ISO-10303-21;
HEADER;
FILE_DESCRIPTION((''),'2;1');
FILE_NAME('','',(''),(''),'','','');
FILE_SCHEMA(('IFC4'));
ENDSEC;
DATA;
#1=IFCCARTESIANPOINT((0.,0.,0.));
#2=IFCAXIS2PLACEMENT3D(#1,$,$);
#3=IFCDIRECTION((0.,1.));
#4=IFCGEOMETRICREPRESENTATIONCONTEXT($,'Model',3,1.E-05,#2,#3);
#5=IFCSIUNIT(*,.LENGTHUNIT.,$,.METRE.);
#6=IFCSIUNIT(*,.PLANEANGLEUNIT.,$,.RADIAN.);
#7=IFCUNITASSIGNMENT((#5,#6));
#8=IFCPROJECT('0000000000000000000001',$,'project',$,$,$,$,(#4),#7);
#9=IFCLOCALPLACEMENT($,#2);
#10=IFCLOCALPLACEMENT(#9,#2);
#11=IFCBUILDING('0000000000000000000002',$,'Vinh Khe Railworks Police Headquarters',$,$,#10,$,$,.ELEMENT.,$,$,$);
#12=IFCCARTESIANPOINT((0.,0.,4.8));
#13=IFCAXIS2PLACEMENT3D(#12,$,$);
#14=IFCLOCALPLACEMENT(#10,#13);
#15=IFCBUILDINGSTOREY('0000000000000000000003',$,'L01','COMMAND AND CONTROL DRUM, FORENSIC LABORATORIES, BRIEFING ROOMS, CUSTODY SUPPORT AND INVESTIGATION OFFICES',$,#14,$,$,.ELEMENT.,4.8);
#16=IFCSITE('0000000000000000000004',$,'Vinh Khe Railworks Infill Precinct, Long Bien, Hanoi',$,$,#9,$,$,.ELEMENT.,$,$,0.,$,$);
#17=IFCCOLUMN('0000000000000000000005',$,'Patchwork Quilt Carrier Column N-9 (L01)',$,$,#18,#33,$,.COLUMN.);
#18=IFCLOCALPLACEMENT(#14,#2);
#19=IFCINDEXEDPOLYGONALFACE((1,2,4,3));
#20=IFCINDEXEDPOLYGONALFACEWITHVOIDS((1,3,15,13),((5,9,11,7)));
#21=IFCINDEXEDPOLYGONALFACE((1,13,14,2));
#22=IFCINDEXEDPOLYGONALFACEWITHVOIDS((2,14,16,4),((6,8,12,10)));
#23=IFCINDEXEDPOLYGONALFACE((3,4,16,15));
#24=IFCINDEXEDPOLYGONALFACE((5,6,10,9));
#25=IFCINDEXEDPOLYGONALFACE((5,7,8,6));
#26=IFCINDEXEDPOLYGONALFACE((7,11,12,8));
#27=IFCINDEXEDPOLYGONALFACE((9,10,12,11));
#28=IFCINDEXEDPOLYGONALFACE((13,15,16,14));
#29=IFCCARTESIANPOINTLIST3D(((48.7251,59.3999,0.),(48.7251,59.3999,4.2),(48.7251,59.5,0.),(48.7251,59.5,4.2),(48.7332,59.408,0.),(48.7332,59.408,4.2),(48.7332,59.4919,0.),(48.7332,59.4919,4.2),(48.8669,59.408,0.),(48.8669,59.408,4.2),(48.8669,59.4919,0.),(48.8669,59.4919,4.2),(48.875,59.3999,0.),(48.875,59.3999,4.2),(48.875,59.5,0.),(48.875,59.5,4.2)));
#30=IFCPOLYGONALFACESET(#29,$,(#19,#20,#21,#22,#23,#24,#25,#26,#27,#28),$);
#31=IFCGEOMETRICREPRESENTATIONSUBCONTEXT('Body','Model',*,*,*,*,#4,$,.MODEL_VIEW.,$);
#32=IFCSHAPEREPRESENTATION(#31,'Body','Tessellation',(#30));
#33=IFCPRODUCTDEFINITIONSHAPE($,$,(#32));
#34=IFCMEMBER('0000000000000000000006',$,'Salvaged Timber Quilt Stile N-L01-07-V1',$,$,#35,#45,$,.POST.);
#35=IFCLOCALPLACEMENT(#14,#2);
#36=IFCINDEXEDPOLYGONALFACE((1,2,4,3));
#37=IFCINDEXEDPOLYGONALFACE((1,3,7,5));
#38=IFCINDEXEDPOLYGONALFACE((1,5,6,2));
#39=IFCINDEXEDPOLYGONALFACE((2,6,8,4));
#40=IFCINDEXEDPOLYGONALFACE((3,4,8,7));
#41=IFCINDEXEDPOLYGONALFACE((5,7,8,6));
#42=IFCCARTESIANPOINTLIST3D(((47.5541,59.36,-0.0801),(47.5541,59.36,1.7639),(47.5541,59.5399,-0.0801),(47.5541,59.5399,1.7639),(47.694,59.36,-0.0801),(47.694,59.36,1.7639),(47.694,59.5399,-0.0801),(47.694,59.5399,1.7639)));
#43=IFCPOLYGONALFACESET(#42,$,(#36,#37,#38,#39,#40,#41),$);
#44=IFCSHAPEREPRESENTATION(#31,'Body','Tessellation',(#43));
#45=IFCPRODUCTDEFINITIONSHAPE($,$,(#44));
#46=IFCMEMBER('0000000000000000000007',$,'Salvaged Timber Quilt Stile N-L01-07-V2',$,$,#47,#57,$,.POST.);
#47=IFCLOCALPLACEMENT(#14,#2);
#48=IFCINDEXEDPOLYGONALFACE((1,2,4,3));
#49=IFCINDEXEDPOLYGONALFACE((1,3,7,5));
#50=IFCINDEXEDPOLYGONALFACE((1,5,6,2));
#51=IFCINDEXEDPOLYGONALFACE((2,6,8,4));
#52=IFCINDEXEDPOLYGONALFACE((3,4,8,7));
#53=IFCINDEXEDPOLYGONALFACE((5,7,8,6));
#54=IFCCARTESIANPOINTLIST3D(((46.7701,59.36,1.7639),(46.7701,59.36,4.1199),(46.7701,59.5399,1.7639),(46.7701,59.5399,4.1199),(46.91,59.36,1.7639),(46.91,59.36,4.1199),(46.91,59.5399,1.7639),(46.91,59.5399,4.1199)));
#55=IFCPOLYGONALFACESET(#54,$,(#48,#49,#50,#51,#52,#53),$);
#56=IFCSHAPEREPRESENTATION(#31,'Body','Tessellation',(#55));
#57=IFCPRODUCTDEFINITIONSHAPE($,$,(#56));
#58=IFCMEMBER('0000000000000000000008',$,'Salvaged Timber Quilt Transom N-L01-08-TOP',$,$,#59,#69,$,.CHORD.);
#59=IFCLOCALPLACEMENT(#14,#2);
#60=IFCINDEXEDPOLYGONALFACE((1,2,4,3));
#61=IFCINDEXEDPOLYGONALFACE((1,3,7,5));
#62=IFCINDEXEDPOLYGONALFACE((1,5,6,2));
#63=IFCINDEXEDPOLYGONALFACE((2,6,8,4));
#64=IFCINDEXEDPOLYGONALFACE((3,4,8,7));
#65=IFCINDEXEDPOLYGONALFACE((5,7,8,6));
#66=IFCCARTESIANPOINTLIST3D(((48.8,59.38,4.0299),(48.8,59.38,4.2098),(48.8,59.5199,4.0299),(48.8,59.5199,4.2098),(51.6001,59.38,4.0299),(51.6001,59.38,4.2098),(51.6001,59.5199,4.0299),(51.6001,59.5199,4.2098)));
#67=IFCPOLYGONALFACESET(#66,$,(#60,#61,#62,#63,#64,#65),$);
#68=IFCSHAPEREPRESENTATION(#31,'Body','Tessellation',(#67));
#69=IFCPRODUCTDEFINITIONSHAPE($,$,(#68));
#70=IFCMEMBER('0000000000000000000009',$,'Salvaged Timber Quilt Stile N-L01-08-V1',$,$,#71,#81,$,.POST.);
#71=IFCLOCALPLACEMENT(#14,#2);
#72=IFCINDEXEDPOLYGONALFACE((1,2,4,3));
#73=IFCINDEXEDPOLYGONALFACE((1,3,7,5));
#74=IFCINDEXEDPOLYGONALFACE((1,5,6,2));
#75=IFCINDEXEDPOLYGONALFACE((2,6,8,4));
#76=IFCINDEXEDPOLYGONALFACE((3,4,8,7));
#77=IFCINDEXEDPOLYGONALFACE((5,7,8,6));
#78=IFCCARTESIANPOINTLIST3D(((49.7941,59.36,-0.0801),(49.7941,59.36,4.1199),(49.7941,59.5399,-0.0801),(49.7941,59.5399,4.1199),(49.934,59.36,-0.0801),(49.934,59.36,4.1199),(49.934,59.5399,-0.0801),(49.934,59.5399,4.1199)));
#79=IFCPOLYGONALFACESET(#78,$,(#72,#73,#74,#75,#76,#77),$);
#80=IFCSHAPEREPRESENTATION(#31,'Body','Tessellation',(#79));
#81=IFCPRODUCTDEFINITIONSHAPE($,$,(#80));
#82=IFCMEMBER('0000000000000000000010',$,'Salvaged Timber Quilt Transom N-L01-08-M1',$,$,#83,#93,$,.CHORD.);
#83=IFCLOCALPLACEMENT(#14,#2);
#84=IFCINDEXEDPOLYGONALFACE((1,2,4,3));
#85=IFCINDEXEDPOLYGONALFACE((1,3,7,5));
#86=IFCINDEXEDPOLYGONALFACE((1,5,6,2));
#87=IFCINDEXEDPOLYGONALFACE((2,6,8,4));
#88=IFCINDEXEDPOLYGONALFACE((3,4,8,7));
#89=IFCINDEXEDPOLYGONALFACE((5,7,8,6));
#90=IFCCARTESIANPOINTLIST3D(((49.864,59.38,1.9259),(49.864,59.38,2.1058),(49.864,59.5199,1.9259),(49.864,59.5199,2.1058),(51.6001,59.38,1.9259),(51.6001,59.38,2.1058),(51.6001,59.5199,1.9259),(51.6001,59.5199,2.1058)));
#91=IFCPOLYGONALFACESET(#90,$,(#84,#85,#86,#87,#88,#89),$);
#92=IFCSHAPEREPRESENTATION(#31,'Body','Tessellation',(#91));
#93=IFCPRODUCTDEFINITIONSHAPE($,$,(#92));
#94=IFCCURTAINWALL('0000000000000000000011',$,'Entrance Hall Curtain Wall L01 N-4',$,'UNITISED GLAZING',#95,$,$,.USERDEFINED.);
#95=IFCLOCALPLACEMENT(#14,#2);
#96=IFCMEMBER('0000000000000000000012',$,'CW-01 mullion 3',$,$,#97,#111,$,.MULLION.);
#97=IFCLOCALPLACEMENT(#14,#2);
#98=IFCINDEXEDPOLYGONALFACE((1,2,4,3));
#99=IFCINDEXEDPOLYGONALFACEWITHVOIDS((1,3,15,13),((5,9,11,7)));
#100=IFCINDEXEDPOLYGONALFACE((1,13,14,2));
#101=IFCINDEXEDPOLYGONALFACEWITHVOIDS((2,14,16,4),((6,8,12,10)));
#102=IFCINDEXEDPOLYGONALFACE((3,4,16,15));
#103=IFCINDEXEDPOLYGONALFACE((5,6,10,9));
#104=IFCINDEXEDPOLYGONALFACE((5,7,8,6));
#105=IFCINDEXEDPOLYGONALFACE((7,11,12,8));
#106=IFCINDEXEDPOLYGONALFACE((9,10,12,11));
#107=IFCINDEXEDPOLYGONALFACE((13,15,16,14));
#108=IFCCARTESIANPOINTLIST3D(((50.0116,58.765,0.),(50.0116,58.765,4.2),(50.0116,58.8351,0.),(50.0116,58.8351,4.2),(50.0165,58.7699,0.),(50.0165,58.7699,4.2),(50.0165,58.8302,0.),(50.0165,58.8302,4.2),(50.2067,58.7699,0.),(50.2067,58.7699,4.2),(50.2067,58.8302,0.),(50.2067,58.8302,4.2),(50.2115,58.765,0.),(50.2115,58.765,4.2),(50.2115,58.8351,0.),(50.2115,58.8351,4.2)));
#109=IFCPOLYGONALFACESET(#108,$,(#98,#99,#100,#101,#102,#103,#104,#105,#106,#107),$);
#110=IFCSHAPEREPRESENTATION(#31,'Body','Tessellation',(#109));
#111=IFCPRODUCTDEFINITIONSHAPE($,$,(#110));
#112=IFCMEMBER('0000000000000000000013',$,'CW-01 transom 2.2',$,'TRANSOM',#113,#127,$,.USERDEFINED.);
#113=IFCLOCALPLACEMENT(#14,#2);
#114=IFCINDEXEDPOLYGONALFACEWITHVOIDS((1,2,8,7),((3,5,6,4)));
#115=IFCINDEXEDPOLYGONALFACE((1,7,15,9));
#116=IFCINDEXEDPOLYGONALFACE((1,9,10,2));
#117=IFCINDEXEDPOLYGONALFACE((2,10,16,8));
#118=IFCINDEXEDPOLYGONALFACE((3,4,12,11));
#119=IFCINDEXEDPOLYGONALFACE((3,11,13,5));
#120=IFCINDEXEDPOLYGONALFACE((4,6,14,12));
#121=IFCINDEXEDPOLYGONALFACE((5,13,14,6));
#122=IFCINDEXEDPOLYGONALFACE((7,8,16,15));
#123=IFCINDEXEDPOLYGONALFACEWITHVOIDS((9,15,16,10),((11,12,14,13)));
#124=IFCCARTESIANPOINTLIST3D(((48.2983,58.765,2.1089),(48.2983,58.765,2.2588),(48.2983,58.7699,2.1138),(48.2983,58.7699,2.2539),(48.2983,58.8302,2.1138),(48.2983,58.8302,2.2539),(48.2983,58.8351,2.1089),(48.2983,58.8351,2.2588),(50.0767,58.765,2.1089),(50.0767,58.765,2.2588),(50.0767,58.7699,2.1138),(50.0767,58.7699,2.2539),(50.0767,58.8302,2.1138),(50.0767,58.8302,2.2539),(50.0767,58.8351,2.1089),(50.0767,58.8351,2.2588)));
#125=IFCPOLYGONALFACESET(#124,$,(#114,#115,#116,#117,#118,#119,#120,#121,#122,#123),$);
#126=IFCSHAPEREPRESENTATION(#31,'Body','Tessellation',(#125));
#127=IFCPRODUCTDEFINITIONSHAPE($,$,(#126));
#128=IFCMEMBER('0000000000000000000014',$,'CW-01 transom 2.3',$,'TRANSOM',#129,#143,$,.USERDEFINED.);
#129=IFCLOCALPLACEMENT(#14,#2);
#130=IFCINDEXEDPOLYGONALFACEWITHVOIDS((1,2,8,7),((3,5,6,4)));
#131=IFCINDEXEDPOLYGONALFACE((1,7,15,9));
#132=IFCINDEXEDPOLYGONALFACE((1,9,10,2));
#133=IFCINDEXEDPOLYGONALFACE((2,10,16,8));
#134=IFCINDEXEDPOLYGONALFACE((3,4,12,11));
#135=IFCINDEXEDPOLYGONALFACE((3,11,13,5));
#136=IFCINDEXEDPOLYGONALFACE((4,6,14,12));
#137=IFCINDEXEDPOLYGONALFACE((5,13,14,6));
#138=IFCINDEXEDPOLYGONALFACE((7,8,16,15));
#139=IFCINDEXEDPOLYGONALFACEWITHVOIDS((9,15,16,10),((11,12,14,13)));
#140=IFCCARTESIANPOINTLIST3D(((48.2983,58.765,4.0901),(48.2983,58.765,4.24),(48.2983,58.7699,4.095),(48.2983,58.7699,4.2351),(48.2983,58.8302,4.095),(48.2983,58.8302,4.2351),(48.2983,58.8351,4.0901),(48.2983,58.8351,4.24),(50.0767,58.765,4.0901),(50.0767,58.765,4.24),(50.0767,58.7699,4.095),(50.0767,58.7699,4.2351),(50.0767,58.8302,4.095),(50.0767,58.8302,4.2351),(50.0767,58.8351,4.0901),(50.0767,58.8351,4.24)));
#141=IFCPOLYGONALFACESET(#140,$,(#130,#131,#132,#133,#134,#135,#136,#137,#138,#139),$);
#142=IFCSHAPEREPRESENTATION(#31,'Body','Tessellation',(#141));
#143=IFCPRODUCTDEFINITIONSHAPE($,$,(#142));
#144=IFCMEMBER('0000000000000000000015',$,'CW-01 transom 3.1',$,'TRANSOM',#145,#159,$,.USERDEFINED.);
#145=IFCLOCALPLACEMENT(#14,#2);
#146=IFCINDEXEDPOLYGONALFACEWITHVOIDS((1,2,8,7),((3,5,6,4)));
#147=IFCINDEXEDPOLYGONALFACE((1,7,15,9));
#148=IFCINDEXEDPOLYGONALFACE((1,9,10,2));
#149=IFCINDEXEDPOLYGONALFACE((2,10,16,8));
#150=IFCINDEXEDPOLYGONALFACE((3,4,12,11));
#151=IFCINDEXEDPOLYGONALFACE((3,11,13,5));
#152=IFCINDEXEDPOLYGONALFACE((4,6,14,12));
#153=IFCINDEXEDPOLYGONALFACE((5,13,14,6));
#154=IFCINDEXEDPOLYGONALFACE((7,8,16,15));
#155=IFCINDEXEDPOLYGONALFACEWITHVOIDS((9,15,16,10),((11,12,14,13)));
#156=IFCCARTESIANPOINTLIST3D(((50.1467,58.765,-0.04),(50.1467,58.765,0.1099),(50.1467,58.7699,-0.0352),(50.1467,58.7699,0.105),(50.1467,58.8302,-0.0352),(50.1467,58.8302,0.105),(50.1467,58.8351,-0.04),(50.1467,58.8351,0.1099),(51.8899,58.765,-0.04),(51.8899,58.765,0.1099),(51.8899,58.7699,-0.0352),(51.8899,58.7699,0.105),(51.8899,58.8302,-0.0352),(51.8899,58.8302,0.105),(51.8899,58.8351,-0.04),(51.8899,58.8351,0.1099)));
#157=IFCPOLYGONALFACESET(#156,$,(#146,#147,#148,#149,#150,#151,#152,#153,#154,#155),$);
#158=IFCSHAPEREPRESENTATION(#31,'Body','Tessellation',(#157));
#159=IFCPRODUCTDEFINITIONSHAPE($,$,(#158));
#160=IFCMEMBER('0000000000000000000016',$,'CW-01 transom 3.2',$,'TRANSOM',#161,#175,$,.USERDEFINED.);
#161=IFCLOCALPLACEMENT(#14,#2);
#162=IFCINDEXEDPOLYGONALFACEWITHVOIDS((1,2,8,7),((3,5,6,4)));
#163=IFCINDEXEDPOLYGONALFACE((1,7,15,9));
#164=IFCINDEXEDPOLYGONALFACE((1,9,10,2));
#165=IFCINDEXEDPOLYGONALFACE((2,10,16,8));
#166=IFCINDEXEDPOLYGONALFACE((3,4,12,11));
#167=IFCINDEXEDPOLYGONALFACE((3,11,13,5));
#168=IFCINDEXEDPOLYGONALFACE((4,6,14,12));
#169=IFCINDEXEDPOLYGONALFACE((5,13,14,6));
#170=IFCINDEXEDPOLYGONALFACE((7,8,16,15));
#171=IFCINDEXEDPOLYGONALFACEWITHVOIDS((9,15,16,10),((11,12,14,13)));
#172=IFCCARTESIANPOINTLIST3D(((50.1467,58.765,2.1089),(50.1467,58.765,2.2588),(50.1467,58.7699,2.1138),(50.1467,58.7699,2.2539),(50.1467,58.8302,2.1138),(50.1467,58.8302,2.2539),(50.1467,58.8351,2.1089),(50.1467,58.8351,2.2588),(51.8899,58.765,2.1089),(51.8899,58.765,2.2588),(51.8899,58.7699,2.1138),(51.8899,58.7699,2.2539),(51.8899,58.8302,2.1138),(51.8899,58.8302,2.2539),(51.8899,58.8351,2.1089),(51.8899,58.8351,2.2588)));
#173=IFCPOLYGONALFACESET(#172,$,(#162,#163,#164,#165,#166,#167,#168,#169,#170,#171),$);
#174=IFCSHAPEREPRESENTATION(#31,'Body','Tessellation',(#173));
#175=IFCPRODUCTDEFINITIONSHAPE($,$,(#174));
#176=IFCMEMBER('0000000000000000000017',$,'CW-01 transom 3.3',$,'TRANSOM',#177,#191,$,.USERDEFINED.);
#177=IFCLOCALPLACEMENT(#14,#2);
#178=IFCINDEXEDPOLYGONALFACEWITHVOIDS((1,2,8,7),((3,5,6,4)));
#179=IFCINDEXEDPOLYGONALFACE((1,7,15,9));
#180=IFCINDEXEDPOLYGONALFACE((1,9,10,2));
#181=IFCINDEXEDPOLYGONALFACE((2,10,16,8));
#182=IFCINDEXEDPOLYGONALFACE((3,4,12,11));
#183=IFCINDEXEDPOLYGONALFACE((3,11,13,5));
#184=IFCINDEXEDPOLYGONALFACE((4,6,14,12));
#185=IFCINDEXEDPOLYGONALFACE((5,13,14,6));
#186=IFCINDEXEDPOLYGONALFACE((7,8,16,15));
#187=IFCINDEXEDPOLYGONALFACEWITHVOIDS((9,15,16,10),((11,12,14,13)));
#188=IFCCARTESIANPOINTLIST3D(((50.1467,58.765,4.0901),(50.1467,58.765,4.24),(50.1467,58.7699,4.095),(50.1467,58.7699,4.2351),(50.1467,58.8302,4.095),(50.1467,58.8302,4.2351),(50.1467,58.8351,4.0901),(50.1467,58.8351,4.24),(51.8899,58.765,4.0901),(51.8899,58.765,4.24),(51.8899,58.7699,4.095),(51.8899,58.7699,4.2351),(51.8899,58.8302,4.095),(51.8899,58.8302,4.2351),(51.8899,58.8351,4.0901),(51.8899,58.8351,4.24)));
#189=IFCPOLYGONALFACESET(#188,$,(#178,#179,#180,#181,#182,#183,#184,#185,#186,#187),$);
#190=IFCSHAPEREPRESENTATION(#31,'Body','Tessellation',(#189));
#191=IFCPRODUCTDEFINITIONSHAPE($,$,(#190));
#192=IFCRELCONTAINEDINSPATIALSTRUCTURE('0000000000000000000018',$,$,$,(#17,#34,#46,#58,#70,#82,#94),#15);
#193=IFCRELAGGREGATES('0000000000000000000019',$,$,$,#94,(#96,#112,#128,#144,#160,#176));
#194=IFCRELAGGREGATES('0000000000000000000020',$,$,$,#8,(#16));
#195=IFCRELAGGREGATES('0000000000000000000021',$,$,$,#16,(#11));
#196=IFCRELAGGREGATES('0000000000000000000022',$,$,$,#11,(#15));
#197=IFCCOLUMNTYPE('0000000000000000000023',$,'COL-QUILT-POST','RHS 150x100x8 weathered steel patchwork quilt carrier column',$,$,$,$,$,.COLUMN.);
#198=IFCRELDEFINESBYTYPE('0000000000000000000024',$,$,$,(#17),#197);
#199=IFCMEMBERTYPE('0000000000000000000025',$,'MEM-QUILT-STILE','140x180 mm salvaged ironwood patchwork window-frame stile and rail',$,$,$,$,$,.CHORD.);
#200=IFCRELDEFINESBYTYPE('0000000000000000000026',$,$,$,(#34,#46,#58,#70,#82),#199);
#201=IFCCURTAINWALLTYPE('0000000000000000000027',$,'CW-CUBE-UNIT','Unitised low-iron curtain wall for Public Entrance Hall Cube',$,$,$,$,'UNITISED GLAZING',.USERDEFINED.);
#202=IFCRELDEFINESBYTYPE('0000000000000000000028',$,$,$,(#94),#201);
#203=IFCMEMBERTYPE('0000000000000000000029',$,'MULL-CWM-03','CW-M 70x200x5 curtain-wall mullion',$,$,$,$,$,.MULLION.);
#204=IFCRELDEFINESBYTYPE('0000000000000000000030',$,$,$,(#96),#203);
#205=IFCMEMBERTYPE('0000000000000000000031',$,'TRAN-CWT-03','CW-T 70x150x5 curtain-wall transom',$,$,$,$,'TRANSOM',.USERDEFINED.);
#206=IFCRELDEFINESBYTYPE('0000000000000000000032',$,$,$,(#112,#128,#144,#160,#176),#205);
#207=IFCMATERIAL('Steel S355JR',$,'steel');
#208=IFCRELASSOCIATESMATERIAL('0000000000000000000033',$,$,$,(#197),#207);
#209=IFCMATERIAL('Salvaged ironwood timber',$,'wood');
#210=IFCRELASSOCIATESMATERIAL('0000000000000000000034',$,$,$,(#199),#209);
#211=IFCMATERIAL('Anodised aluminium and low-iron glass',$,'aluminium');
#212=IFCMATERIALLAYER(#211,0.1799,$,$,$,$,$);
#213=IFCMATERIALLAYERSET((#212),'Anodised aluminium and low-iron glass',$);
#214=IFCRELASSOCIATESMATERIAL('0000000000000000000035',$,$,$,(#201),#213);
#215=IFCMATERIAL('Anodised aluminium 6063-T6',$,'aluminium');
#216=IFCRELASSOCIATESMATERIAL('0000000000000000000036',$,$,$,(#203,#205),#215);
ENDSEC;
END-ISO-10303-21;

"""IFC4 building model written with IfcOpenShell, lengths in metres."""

from ifc_helpers import new_model, si_unit, direction, frame, origin, origin_2d, place, context, subcontext, project, spatial, rectangle, hollow_rectangle, extrude, material, layer, layer_set, material_profile, profile_set, type_object, element, aggregate, save


model = new_model("IFC4")

# Units and contexts
model_context = context("Model", 3, precision=1e-05, world=origin(), true_north=direction((0.0, 1.0)))
body_context = subcontext(model_context, "Body", "Model", "MODEL_VIEW")
ifc_project = project(units=[si_unit("LENGTHUNIT", "METRE"), si_unit("PLANEANGLEUNIT", "RADIAN")], contexts=[model_context])

# Site, building, storey
site_placement = place(None, origin())
site = spatial("IfcSite", under=ifc_project, at=site_placement, Name="Vinh Khe Railworks Infill Precinct, Long Bien, Hanoi", CompositionType="ELEMENT", RefElevation=0.0)
building_placement = place(site_placement, origin())
building = spatial("IfcBuilding", under=site, at=building_placement, Name="Vinh Khe Railworks Police Headquarters", CompositionType="ELEMENT")
storey_placement = place(building_placement, frame((0.0, 0.0, 4.8)))
storey = spatial("IfcBuildingStorey", under=building, at=storey_placement, Name="L01", Description="COMMAND AND CONTROL DRUM, FORENSIC LABORATORIES, BRIEFING ROOMS, CUSTODY SUPPORT AND INVESTIGATION OFFICES", CompositionType="ELEMENT", Elevation=4.8)

# Column
ifc_material_1 = material(Name="Steel S355JR", Category="steel")
ifc_material_profile_1 = material_profile(ifc_material_1, hollow_rectangle(XDim=0.1499, YDim=0.1001, WallThickness=0.0081, at=origin_2d()), Name="RHS 150x100x8")
ifc_profile_set_1 = profile_set([ifc_material_profile_1], Name="Steel S355JR")
column_type = type_object("IfcColumnType", Name="COL-QUILT-POST", Description="RHS 150x100x8 weathered steel patchwork quilt carrier column", PredefinedType="COLUMN", material=ifc_profile_set_1)
column_placement = place(storey_placement, frame((48.8, 59.45, 0.0), z_axis=(0.0, 0.0, 1.0), x_axis=(1.0, 0.0, 0.0)))
element("IfcColumn", 1, at=column_placement, inside=storey, type_object=column_type, Name="Patchwork Quilt Carrier Column N-9 (L01)", PredefinedType="COLUMN", context=body_context, shape_type="SweptSolid", body=[
    extrude(hollow_rectangle(XDim=0.1499, YDim=0.1001, WallThickness=0.0081, at=origin_2d()), origin(), (0.0, 0.0, 1.0), 4.2),
])

# Members
ifc_material_2 = material(Name="Salvaged ironwood timber", Category="wood")
ifc_material_profile_2 = material_profile(ifc_material_2, rectangle(XDim=0.1399, YDim=0.1799, at=origin_2d()), Name="TIMBER 140x180")
ifc_profile_set_2 = profile_set([ifc_material_profile_2], Name="Salvaged ironwood timber")
member_type_1 = type_object("IfcMemberType", Name="MEM-QUILT-STILE", Description="140x180 mm salvaged ironwood patchwork window-frame stile and rail", PredefinedType="CHORD", material=ifc_profile_set_2)
member_1_placement = place(storey_placement, frame((47.624, 59.45, -0.0801), z_axis=(0.0, 0.0, 1.0), x_axis=(1.0, 0.0, 0.0)))
element("IfcMember", 2, at=member_1_placement, inside=storey, type_object=member_type_1, Name="Salvaged Timber Quilt Stile N-L01-07-V1", PredefinedType="POST", context=body_context, shape_type="SweptSolid", body=[
    extrude(rectangle(XDim=0.1399, YDim=0.1799, at=origin_2d()), origin(), (0.0, 0.0, 1.0), 1.844),
])
member_2_placement = place(storey_placement, frame((46.8401, 59.45, 1.7639), z_axis=(0.0, 0.0, 1.0), x_axis=(1.0, 0.0, 0.0)))
element("IfcMember", 3, at=member_2_placement, inside=storey, type_object=member_type_1, Name="Salvaged Timber Quilt Stile N-L01-07-V2", PredefinedType="POST", context=body_context, shape_type="SweptSolid", body=[
    extrude(rectangle(XDim=0.1399, YDim=0.1799, at=origin_2d()), origin(), (0.0, 0.0, 1.0), 2.356),
])
member_3_placement = place(storey_placement, frame((48.8, 59.45, 4.1199), z_axis=(1.0, 0.0, 0.0), x_axis=(0.0, 1.0, 0.0)))
element("IfcMember", 4, at=member_3_placement, inside=storey, type_object=member_type_1, Name="Salvaged Timber Quilt Transom N-L01-08-TOP", PredefinedType="CHORD", context=body_context, shape_type="SweptSolid", body=[
    extrude(rectangle(XDim=0.1399, YDim=0.1799, at=origin_2d()), origin(), (0.0, 0.0, 1.0), 2.8),
])
member_4_placement = place(storey_placement, frame((49.864, 59.45, -0.0801), z_axis=(0.0, 0.0, 1.0), x_axis=(1.0, 0.0, 0.0)))
element("IfcMember", 5, at=member_4_placement, inside=storey, type_object=member_type_1, Name="Salvaged Timber Quilt Stile N-L01-08-V1", PredefinedType="POST", context=body_context, shape_type="SweptSolid", body=[
    extrude(rectangle(XDim=0.1399, YDim=0.1799, at=origin_2d()), origin(), (0.0, 0.0, 1.0), 4.2),
])
member_5_placement = place(storey_placement, frame((49.864, 59.45, 2.0159), z_axis=(1.0, 0.0, 0.0), x_axis=(0.0, 1.0, 0.0)))
element("IfcMember", 6, at=member_5_placement, inside=storey, type_object=member_type_1, Name="Salvaged Timber Quilt Transom N-L01-08-M1", PredefinedType="CHORD", context=body_context, shape_type="SweptSolid", body=[
    extrude(rectangle(XDim=0.1399, YDim=0.1799, at=origin_2d()), origin(), (0.0, 0.0, 1.0), 1.7361),
])

# Curtain wall, members
ifc_material_3 = material(Name="Anodised aluminium and low-iron glass", Category="aluminium")
ifc_layer_1 = layer(ifc_material_3, 0.1799)
ifc_layer_set_1 = layer_set([ifc_layer_1], Name="Anodised aluminium and low-iron glass")
curtain_wall_type = type_object("IfcCurtainWallType", Name="CW-CUBE-UNIT", Description="Unitised low-iron curtain wall for Public Entrance Hall Cube", ElementType="UNITISED GLAZING", PredefinedType="USERDEFINED", material=ifc_layer_set_1)
curtain_wall_placement = place(storey_placement, origin())
curtain_wall = element("IfcCurtainWall", 7, at=curtain_wall_placement, inside=storey, type_object=curtain_wall_type, Name="Entrance Hall Curtain Wall L01 N-4", ObjectType="UNITISED GLAZING", PredefinedType="USERDEFINED")
ifc_material_4 = material(Name="Anodised aluminium 6063-T6", Category="aluminium")
ifc_material_profile_3 = material_profile(ifc_material_4, hollow_rectangle(XDim=0.0701, YDim=0.2, WallThickness=0.0049, at=origin_2d()), Name="CW-M 70x200x5")
ifc_profile_set_3 = profile_set([ifc_material_profile_3], Name="Anodised aluminium 6063-T6")
member_type_2 = type_object("IfcMemberType", Name="MULL-CWM-03", Description="CW-M 70x200x5 curtain-wall mullion", PredefinedType="MULLION", material=ifc_profile_set_3)
member_6_placement = place(storey_placement, frame((50.1116, 58.8, 0.0), z_axis=(0.0, 0.0, 1.0), x_axis=(0.0, 1.0, 0.0)))
member_6 = element("IfcMember", 8, at=member_6_placement, type_object=member_type_2, Name="CW-01 mullion 3", PredefinedType="MULLION", context=body_context, shape_type="SweptSolid", body=[
    extrude(hollow_rectangle(XDim=0.0701, YDim=0.2, WallThickness=0.0049, at=origin_2d()), origin(), (0.0, 0.0, 1.0), 4.2),
])
ifc_material_profile_4 = material_profile(ifc_material_4, hollow_rectangle(XDim=0.0701, YDim=0.1499, WallThickness=0.0049, at=origin_2d()), Name="CW-T 70x150x5")
ifc_profile_set_4 = profile_set([ifc_material_profile_4], Name="Anodised aluminium 6063-T6")
member_type_3 = type_object("IfcMemberType", Name="TRAN-CWT-03", Description="CW-T 70x150x5 curtain-wall transom", ElementType="TRANSOM", PredefinedType="USERDEFINED", material=ifc_profile_set_4)
member_7_placement = place(storey_placement, frame((48.2983, 58.8, 2.1838), z_axis=(1.0, 0.0, 0.0), x_axis=(0.0, 1.0, 0.0)))
member_7 = element("IfcMember", 9, at=member_7_placement, type_object=member_type_3, Name="CW-01 transom 2.2", ObjectType="TRANSOM", PredefinedType="USERDEFINED", context=body_context, shape_type="SweptSolid", body=[
    extrude(hollow_rectangle(XDim=0.0701, YDim=0.1499, WallThickness=0.0049, at=origin_2d()), origin(), (0.0, 0.0, 1.0), 1.7783),
])
member_8_placement = place(storey_placement, frame((48.2983, 58.8, 4.165), z_axis=(1.0, 0.0, 0.0), x_axis=(0.0, 1.0, 0.0)))
member_8 = element("IfcMember", 10, at=member_8_placement, type_object=member_type_3, Name="CW-01 transom 2.3", ObjectType="TRANSOM", PredefinedType="USERDEFINED", context=body_context, shape_type="SweptSolid", body=[
    extrude(hollow_rectangle(XDim=0.0701, YDim=0.1499, WallThickness=0.0049, at=origin_2d()), origin(), (0.0, 0.0, 1.0), 1.7783),
])
member_9_placement = place(storey_placement, frame((50.1467, 58.8, 0.0349), z_axis=(1.0, 0.0, 0.0), x_axis=(0.0, 1.0, 0.0)))
member_9 = element("IfcMember", 11, at=member_9_placement, type_object=member_type_3, Name="CW-01 transom 3.1", ObjectType="TRANSOM", PredefinedType="USERDEFINED", context=body_context, shape_type="SweptSolid", body=[
    extrude(hollow_rectangle(XDim=0.0701, YDim=0.1499, WallThickness=0.0049, at=origin_2d()), origin(), (0.0, 0.0, 1.0), 1.7432),
])
member_10_placement = place(storey_placement, frame((50.1467, 58.8, 2.1838), z_axis=(1.0, 0.0, 0.0), x_axis=(0.0, 1.0, 0.0)))
member_10 = element("IfcMember", 12, at=member_10_placement, type_object=member_type_3, Name="CW-01 transom 3.2", ObjectType="TRANSOM", PredefinedType="USERDEFINED", context=body_context, shape_type="SweptSolid", body=[
    extrude(hollow_rectangle(XDim=0.0701, YDim=0.1499, WallThickness=0.0049, at=origin_2d()), origin(), (0.0, 0.0, 1.0), 1.7432),
])
member_11_placement = place(storey_placement, frame((50.1467, 58.8, 4.165), z_axis=(1.0, 0.0, 0.0), x_axis=(0.0, 1.0, 0.0)))
member_11 = element("IfcMember", 13, at=member_11_placement, type_object=member_type_3, Name="CW-01 transom 3.3", ObjectType="TRANSOM", PredefinedType="USERDEFINED", context=body_context, shape_type="SweptSolid", body=[
    extrude(hollow_rectangle(XDim=0.0701, YDim=0.1499, WallThickness=0.0049, at=origin_2d()), origin(), (0.0, 0.0, 1.0), 1.7432),
])
aggregate(curtain_wall, [member_6, member_7, member_8, member_9, member_10, member_11])

save(model, "model.ifc")
